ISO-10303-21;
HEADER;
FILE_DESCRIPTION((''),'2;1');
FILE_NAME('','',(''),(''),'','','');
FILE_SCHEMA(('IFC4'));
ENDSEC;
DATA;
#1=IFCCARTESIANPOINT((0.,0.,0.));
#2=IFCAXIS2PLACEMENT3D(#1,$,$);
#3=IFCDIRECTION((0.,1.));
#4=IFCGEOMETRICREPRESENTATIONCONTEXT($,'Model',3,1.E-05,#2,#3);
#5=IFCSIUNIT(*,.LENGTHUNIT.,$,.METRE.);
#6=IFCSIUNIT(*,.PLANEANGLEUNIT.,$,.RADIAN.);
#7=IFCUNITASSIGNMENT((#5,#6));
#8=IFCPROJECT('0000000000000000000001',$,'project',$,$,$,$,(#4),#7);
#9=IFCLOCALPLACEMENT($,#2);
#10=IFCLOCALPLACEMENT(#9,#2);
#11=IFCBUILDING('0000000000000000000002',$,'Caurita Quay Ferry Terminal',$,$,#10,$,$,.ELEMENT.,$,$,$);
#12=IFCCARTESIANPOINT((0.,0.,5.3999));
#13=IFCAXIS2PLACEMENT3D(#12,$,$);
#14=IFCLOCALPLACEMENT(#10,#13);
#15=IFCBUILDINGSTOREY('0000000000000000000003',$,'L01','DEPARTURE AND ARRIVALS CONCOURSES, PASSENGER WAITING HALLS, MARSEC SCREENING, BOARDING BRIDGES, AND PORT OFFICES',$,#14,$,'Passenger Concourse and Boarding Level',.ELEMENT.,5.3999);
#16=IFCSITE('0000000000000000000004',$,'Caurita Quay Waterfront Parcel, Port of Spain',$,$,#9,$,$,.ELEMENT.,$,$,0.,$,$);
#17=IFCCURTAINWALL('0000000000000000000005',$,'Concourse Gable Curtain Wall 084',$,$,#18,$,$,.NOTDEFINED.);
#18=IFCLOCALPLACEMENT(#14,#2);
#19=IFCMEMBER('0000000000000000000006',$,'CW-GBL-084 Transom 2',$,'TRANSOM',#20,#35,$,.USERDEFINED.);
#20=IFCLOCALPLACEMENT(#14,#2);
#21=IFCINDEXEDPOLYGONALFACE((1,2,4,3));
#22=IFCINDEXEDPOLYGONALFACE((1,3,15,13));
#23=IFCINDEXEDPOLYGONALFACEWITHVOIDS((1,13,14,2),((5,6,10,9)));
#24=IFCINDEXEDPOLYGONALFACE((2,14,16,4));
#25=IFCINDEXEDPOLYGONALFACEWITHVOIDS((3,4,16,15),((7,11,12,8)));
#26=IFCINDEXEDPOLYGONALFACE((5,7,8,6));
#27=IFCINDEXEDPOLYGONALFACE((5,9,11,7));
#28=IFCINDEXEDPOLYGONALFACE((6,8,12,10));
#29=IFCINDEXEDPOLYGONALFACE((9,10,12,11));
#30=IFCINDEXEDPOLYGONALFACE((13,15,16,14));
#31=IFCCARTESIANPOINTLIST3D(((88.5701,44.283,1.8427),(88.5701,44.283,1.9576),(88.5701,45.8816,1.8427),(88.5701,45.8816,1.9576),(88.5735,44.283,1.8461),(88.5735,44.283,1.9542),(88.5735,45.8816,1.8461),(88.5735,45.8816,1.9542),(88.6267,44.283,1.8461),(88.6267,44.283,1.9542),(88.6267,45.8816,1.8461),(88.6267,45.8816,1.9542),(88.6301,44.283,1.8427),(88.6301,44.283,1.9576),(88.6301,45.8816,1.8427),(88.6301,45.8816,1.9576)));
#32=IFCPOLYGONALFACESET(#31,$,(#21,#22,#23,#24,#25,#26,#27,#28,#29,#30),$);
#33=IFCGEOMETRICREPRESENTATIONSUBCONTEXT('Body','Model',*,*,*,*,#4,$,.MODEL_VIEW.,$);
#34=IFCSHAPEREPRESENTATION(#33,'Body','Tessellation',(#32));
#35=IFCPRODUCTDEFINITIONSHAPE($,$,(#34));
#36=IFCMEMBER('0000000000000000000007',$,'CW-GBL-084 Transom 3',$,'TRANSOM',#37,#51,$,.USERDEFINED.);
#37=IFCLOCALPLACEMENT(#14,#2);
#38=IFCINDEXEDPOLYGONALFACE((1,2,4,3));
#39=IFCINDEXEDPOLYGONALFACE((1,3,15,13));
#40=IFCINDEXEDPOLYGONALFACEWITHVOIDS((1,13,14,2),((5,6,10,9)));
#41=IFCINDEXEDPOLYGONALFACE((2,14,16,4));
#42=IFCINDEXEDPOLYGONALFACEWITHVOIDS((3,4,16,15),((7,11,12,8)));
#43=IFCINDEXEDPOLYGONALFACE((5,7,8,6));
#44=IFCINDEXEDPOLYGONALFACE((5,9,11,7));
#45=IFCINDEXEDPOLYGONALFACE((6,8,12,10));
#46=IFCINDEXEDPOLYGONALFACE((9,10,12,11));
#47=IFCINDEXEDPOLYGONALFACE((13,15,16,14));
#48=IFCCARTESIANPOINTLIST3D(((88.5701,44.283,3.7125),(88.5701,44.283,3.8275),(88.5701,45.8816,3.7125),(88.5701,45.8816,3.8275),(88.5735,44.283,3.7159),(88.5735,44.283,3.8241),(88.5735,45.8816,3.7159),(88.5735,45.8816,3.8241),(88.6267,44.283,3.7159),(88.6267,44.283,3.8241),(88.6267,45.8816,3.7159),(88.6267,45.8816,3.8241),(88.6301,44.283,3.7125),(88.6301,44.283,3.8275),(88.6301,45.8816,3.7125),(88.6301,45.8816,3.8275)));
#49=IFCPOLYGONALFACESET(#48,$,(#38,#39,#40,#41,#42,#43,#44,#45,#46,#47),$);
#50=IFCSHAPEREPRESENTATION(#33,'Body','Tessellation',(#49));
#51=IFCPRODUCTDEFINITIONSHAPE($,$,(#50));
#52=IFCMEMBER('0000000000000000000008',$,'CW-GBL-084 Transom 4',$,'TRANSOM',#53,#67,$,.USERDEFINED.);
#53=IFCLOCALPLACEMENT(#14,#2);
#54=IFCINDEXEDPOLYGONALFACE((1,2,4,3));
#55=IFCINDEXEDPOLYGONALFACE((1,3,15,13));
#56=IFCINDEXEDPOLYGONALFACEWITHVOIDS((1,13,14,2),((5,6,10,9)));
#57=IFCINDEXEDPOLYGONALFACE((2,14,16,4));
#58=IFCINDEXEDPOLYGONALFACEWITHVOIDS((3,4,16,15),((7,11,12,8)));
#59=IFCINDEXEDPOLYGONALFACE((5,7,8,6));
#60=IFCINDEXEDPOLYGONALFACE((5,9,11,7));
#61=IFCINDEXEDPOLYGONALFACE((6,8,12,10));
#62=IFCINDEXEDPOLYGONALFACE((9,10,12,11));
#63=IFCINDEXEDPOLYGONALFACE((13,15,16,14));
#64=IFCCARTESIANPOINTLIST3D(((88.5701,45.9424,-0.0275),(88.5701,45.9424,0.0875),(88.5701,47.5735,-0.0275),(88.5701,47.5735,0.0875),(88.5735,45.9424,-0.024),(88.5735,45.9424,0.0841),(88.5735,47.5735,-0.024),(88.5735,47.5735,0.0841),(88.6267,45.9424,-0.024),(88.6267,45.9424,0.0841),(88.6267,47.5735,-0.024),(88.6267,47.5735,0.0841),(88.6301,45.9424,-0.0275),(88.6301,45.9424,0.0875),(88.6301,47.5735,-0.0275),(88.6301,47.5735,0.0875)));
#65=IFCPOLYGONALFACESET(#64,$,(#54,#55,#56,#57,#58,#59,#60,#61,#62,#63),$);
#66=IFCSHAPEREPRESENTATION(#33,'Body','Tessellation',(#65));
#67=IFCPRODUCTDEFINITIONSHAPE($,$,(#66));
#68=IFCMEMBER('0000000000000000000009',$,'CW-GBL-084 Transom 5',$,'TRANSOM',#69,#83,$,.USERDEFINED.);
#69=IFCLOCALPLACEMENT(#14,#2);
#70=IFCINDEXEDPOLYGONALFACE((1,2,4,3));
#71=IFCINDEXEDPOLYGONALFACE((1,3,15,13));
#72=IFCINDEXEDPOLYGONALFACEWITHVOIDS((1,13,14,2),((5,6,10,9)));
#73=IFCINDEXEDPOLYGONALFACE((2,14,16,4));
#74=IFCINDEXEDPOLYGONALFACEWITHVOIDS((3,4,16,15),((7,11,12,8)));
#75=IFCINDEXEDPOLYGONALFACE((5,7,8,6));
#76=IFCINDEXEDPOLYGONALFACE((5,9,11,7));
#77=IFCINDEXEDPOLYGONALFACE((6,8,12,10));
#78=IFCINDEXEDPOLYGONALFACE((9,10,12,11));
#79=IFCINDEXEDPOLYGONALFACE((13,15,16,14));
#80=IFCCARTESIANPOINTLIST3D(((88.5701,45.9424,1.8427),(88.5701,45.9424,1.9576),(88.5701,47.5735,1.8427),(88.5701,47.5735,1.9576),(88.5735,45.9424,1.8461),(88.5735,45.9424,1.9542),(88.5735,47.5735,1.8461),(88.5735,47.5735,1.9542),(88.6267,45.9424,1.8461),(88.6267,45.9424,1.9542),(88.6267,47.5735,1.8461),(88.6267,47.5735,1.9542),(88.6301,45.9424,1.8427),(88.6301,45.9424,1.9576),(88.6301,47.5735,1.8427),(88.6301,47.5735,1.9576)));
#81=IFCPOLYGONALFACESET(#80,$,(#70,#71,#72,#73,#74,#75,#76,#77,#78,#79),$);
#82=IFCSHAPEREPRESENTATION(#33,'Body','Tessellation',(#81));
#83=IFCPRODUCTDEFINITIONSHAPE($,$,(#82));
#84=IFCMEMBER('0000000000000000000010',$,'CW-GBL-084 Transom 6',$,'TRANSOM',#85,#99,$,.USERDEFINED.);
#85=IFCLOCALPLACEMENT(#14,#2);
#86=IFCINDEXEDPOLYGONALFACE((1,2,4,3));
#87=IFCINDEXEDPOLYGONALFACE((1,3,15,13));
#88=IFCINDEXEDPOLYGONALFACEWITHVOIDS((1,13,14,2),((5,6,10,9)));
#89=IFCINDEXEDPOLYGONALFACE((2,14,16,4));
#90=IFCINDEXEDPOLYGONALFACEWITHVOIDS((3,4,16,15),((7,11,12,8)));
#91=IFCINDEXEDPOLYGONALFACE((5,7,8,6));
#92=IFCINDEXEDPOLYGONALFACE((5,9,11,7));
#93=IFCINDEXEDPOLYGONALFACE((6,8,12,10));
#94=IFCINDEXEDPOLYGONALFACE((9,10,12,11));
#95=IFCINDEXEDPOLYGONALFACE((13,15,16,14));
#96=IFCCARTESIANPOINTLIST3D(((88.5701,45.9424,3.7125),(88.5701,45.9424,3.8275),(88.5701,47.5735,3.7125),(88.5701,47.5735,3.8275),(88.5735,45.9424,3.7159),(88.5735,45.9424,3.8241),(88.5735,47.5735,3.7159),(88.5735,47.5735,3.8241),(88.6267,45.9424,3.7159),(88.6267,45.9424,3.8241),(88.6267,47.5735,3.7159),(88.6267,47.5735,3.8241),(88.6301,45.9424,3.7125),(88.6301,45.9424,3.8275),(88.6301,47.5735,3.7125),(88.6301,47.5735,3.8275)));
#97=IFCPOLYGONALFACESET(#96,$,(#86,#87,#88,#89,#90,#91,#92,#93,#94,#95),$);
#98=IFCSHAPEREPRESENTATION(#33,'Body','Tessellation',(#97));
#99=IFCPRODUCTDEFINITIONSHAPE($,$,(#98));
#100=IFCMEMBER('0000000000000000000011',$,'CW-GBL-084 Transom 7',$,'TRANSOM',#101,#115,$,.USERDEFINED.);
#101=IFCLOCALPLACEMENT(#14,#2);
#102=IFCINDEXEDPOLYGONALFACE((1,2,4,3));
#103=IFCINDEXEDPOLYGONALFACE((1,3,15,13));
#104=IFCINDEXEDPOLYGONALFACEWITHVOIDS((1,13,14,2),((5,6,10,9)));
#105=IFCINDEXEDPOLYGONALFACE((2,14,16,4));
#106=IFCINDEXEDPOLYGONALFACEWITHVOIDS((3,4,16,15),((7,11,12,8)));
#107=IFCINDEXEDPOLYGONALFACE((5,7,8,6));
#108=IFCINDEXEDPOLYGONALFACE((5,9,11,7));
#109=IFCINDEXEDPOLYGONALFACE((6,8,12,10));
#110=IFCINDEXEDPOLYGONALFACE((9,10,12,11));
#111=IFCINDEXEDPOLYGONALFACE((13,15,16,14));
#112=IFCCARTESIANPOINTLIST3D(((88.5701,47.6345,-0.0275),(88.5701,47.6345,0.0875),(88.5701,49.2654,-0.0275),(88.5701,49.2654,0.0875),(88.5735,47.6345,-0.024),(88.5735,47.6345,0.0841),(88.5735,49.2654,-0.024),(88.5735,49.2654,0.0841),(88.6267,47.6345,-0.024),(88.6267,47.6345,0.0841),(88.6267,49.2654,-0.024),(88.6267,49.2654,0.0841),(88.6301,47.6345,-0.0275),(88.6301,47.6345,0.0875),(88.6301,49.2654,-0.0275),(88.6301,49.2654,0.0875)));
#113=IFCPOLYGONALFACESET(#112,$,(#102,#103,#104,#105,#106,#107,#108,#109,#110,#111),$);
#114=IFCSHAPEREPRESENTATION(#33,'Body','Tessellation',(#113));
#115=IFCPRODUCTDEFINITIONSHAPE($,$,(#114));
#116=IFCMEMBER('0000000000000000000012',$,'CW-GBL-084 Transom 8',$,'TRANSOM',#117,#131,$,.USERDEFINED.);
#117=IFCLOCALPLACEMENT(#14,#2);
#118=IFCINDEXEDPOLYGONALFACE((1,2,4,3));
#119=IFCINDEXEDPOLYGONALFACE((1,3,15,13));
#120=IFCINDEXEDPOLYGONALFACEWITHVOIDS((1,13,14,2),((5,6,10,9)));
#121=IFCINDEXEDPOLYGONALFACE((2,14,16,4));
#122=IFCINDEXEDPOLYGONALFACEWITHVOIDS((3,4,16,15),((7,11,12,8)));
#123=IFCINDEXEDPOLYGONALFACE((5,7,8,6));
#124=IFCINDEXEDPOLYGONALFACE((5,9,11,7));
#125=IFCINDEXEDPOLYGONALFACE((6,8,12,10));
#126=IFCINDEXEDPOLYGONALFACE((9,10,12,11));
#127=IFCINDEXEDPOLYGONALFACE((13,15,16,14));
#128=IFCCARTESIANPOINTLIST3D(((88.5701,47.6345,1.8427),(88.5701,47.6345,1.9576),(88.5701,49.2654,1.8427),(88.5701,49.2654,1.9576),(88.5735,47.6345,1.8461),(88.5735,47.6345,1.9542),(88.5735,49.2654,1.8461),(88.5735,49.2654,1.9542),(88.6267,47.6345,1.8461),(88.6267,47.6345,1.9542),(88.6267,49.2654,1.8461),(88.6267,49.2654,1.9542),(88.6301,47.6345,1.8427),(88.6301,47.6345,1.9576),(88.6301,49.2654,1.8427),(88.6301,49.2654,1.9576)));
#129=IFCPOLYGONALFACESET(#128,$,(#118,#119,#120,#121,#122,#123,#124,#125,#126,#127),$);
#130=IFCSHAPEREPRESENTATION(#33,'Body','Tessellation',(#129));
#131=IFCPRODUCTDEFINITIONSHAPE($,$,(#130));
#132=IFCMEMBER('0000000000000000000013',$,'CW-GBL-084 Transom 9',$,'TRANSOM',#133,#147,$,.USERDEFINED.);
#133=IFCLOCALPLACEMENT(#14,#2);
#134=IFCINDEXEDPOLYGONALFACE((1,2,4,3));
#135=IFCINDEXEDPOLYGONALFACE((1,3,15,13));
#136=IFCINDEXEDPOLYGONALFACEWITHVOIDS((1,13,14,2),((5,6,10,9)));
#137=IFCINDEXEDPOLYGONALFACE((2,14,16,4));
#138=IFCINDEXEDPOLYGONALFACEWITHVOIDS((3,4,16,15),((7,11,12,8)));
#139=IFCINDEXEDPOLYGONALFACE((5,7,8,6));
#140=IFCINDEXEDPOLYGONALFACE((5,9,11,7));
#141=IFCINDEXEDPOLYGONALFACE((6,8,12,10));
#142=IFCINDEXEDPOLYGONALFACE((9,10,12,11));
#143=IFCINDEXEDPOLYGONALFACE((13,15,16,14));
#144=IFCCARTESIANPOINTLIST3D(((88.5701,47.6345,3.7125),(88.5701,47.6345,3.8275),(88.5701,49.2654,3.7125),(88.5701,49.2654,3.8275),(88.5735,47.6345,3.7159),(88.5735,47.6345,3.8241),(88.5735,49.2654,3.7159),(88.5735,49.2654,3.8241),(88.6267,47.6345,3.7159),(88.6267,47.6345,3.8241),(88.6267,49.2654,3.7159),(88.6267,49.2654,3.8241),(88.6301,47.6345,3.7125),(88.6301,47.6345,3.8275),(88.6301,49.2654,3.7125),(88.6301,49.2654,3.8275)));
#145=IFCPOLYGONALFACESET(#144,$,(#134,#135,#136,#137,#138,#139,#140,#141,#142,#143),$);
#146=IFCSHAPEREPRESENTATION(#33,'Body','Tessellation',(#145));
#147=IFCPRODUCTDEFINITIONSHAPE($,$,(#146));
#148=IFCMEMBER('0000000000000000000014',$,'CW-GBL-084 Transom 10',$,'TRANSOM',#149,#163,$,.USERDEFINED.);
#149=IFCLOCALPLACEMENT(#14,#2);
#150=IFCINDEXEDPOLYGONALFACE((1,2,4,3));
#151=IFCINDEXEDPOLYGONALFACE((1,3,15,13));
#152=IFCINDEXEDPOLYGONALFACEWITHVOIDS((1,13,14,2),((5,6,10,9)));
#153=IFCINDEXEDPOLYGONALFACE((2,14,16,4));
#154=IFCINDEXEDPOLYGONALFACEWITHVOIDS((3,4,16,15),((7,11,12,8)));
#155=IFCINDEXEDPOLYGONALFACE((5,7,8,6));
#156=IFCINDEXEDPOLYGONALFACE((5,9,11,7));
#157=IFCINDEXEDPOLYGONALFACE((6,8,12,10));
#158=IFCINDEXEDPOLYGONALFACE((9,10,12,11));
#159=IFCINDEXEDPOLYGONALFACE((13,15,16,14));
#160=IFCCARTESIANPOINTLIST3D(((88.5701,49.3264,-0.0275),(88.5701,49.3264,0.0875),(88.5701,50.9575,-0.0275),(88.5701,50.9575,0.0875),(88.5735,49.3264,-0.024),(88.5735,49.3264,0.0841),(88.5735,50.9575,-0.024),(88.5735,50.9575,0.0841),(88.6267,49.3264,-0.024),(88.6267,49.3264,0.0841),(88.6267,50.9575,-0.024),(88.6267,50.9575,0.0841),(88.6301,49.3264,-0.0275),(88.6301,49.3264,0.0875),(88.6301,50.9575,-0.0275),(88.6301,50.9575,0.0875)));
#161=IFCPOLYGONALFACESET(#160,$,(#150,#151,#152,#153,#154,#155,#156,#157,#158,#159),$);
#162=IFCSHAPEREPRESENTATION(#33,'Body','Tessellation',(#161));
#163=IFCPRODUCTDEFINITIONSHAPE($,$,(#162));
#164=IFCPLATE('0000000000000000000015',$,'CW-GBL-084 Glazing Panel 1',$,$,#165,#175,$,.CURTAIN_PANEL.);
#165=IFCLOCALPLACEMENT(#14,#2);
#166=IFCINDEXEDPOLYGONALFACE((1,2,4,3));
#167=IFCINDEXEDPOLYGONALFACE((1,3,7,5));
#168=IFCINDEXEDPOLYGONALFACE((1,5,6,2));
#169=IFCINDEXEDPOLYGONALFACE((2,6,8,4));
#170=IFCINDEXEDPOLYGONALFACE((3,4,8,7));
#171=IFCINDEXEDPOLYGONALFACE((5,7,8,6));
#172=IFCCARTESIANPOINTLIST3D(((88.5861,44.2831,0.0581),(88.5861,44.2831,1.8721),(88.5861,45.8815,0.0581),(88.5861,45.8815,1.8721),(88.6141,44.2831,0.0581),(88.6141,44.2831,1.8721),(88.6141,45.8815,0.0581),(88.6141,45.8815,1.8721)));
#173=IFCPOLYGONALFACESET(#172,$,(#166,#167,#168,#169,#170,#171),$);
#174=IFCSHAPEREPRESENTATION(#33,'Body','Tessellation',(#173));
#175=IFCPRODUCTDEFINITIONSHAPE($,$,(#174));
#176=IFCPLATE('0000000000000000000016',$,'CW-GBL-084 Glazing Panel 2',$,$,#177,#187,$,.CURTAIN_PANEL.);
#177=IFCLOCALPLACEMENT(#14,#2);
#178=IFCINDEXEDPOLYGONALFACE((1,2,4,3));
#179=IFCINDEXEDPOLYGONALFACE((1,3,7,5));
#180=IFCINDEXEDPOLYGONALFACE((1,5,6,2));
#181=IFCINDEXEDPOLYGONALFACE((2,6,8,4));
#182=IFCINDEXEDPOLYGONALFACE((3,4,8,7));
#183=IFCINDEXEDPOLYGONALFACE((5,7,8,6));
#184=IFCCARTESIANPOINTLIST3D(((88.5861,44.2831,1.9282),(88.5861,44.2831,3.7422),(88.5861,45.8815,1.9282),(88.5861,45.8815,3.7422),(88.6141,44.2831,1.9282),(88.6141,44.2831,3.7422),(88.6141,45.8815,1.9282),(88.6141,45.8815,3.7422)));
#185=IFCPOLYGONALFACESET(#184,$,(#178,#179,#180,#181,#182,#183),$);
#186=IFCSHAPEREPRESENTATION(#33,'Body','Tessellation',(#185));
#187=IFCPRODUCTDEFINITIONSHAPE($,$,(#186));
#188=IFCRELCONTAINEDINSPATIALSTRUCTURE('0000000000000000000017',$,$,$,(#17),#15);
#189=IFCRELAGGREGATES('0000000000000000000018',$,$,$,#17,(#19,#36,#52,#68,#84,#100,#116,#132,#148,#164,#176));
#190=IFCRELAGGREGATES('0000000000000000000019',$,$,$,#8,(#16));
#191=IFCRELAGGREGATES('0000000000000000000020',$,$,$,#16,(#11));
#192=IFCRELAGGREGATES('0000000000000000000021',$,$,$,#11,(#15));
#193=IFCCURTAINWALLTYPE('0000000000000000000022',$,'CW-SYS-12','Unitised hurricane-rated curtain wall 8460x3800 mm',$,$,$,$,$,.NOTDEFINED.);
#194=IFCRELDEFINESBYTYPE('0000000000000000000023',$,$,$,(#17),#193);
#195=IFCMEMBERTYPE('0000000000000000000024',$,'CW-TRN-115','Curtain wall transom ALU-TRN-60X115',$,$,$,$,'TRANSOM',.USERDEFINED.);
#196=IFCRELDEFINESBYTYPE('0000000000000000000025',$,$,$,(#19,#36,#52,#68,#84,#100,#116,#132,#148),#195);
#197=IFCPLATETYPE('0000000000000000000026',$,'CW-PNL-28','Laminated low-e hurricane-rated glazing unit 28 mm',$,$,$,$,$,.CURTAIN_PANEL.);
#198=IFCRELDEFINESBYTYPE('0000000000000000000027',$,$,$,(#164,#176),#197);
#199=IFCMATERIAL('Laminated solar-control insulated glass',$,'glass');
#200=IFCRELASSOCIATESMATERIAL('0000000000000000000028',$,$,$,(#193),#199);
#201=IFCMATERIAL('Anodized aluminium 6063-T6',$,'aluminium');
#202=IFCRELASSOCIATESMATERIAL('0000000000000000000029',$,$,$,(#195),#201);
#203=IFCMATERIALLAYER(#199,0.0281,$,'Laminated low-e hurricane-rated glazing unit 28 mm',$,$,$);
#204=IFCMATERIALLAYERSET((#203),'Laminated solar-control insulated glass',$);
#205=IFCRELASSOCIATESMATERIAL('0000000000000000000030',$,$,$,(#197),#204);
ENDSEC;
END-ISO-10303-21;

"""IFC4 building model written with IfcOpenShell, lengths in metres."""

from ifc_helpers import new_model, si_unit, direction, frame, origin, origin_2d, place, context, subcontext, project, spatial, rectangle, hollow_rectangle, extrude, material, layer, layer_set, material_profile, profile_set, type_object, element, aggregate, save


model = new_model("IFC4")

# Units and contexts
model_context = context("Model", 3, precision=1e-05, world=origin(), true_north=direction((0.0, 1.0)))
body_context = subcontext(model_context, "Body", "Model", "MODEL_VIEW")
ifc_project = project(units=[si_unit("LENGTHUNIT", "METRE"), si_unit("PLANEANGLEUNIT", "RADIAN")], contexts=[model_context])

# Site, building, storey
site_placement = place(None, origin())
site = spatial("IfcSite", under=ifc_project, at=site_placement, Name="Caurita Quay Waterfront Parcel, Port of Spain", CompositionType="ELEMENT", RefElevation=0.0)
building_placement = place(site_placement, origin())
building = spatial("IfcBuilding", under=site, at=building_placement, Name="Caurita Quay Ferry Terminal", CompositionType="ELEMENT")
storey_placement = place(building_placement, frame((0.0, 0.0, 5.3999)))
storey = spatial("IfcBuildingStorey", under=building, at=storey_placement, Name="L01", Description="DEPARTURE AND ARRIVALS CONCOURSES, PASSENGER WAITING HALLS, MARSEC SCREENING, BOARDING BRIDGES, AND PORT OFFICES", LongName="Passenger Concourse and Boarding Level", CompositionType="ELEMENT", Elevation=5.3999)

# Curtain wall, members, plates
ifc_material_1 = material(Name="Laminated solar-control insulated glass", Category="glass")
curtain_wall_type = type_object("IfcCurtainWallType", Name="CW-SYS-12", Description="Unitised hurricane-rated curtain wall 8460x3800 mm", PredefinedType="NOTDEFINED", material=ifc_material_1)
curtain_wall_placement = place(storey_placement, origin())
curtain_wall = element("IfcCurtainWall", 1, at=curtain_wall_placement, inside=storey, type_object=curtain_wall_type, Name="Concourse Gable Curtain Wall 084", PredefinedType="NOTDEFINED")
ifc_material_2 = material(Name="Anodized aluminium 6063-T6", Category="aluminium")
ifc_material_profile_1 = material_profile(ifc_material_2, hollow_rectangle(XDim=0.0601, YDim=0.115, WallThickness=0.0034, at=origin_2d()), Name="ALU-TRN-60X115")
ifc_profile_set_1 = profile_set([ifc_material_profile_1], Name="Anodized aluminium 6063-T6")
member_type_1 = type_object("IfcMemberType", Name="CW-TRN-115", Description="Curtain wall transom ALU-TRN-60X115", ElementType="TRANSOM", PredefinedType="USERDEFINED", material=ifc_profile_set_1)
member_1_placement = place(storey_placement, frame((88.6001, 44.283, 1.9001), z_axis=(0.0, 1.0, 0.0), x_axis=(-1.0, 0.0, 0.0)))
member_1 = element("IfcMember", 2, at=member_1_placement, type_object=member_type_1, Name="CW-GBL-084 Transom 2", ObjectType="TRANSOM", PredefinedType="USERDEFINED", context=body_context, shape_type="SweptSolid", body=[
    extrude(hollow_rectangle(XDim=0.0601, YDim=0.115, WallThickness=0.0034, at=origin_2d()), origin(), (0.0, 0.0, 1.0), 1.5986),
])
member_2_placement = place(storey_placement, frame((88.6001, 44.283, 3.77), z_axis=(0.0, 1.0, 0.0), x_axis=(-1.0, 0.0, 0.0)))
member_2 = element("IfcMember", 3, at=member_2_placement, type_object=member_type_1, Name="CW-GBL-084 Transom 3", ObjectType="TRANSOM", PredefinedType="USERDEFINED", context=body_context, shape_type="SweptSolid", body=[
    extrude(hollow_rectangle(XDim=0.0601, YDim=0.115, WallThickness=0.0034, at=origin_2d()), origin(), (0.0, 0.0, 1.0), 1.5986),
])
member_3_placement = place(storey_placement, frame((88.6001, 45.9424, 0.03), z_axis=(0.0, 1.0, 0.0), x_axis=(-1.0, 0.0, 0.0)))
member_3 = element("IfcMember", 4, at=member_3_placement, type_object=member_type_1, Name="CW-GBL-084 Transom 4", ObjectType="TRANSOM", PredefinedType="USERDEFINED", context=body_context, shape_type="SweptSolid", body=[
    extrude(hollow_rectangle(XDim=0.0601, YDim=0.115, WallThickness=0.0034, at=origin_2d()), origin(), (0.0, 0.0, 1.0), 1.6311),
])
member_4_placement = place(storey_placement, frame((88.6001, 45.9424, 1.9001), z_axis=(0.0, 1.0, 0.0), x_axis=(-1.0, 0.0, 0.0)))
member_4 = element("IfcMember", 5, at=member_4_placement, type_object=member_type_1, Name="CW-GBL-084 Transom 5", ObjectType="TRANSOM", PredefinedType="USERDEFINED", context=body_context, shape_type="SweptSolid", body=[
    extrude(hollow_rectangle(XDim=0.0601, YDim=0.115, WallThickness=0.0034, at=origin_2d()), origin(), (0.0, 0.0, 1.0), 1.6311),
])
member_5_placement = place(storey_placement, frame((88.6001, 45.9424, 3.77), z_axis=(0.0, 1.0, 0.0), x_axis=(-1.0, 0.0, 0.0)))
member_5 = element("IfcMember", 6, at=member_5_placement, type_object=member_type_1, Name="CW-GBL-084 Transom 6", ObjectType="TRANSOM", PredefinedType="USERDEFINED", context=body_context, shape_type="SweptSolid", body=[
    extrude(hollow_rectangle(XDim=0.0601, YDim=0.115, WallThickness=0.0034, at=origin_2d()), origin(), (0.0, 0.0, 1.0), 1.6311),
])
member_6_placement = place(storey_placement, frame((88.6001, 47.6345, 0.03), z_axis=(0.0, 1.0, 0.0), x_axis=(-1.0, 0.0, 0.0)))
member_6 = element("IfcMember", 7, at=member_6_placement, type_object=member_type_1, Name="CW-GBL-084 Transom 7", ObjectType="TRANSOM", PredefinedType="USERDEFINED", context=body_context, shape_type="SweptSolid", body=[
    extrude(hollow_rectangle(XDim=0.0601, YDim=0.115, WallThickness=0.0034, at=origin_2d()), origin(), (0.0, 0.0, 1.0), 1.6309),
])
member_7_placement = place(storey_placement, frame((88.6001, 47.6345, 1.9001), z_axis=(0.0, 1.0, 0.0), x_axis=(-1.0, 0.0, 0.0)))
member_7 = element("IfcMember", 8, at=member_7_placement, type_object=member_type_1, Name="CW-GBL-084 Transom 8", ObjectType="TRANSOM", PredefinedType="USERDEFINED", context=body_context, shape_type="SweptSolid", body=[
    extrude(hollow_rectangle(XDim=0.0601, YDim=0.115, WallThickness=0.0034, at=origin_2d()), origin(), (0.0, 0.0, 1.0), 1.6309),
])
member_8_placement = place(storey_placement, frame((88.6001, 47.6345, 3.77), z_axis=(0.0, 1.0, 0.0), x_axis=(-1.0, 0.0, 0.0)))
member_8 = element("IfcMember", 9, at=member_8_placement, type_object=member_type_1, Name="CW-GBL-084 Transom 9", ObjectType="TRANSOM", PredefinedType="USERDEFINED", context=body_context, shape_type="SweptSolid", body=[
    extrude(hollow_rectangle(XDim=0.0601, YDim=0.115, WallThickness=0.0034, at=origin_2d()), origin(), (0.0, 0.0, 1.0), 1.6309),
])
member_9_placement = place(storey_placement, frame((88.6001, 49.3264, 0.03), z_axis=(0.0, 1.0, 0.0), x_axis=(-1.0, 0.0, 0.0)))
member_9 = element("IfcMember", 10, at=member_9_placement, type_object=member_type_1, Name="CW-GBL-084 Transom 10", ObjectType="TRANSOM", PredefinedType="USERDEFINED", context=body_context, shape_type="SweptSolid", body=[
    extrude(hollow_rectangle(XDim=0.0601, YDim=0.115, WallThickness=0.0034, at=origin_2d()), origin(), (0.0, 0.0, 1.0), 1.6311),
])
ifc_layer_1 = layer(ifc_material_1, 0.0281, Name="Laminated low-e hurricane-rated glazing unit 28 mm")
ifc_layer_set_1 = layer_set([ifc_layer_1], Name="Laminated solar-control insulated glass")
plate_type = type_object("IfcPlateType", Name="CW-PNL-28", Description="Laminated low-e hurricane-rated glazing unit 28 mm", PredefinedType="CURTAIN_PANEL", material=ifc_layer_set_1)
plate_1_placement = place(storey_placement, frame((88.6001, 45.0823, 0.0581), z_axis=(0.0, 0.0, 1.0), x_axis=(0.0, 1.0, 0.0)))
plate_1 = element("IfcPlate", 11, at=plate_1_placement, type_object=plate_type, Name="CW-GBL-084 Glazing Panel 1", PredefinedType="CURTAIN_PANEL", context=body_context, shape_type="SweptSolid", body=[
    extrude(rectangle(XDim=1.5984, YDim=0.0281, at=origin_2d()), origin(), (0.0, 0.0, 1.0), 1.814),
])
plate_2_placement = place(storey_placement, frame((88.6001, 45.0823, 1.9282), z_axis=(0.0, 0.0, 1.0), x_axis=(0.0, 1.0, 0.0)))
plate_2 = element("IfcPlate", 12, at=plate_2_placement, type_object=plate_type, Name="CW-GBL-084 Glazing Panel 2", PredefinedType="CURTAIN_PANEL", context=body_context, shape_type="SweptSolid", body=[
    extrude(rectangle(XDim=1.5984, YDim=0.0281, at=origin_2d()), origin(), (0.0, 0.0, 1.0), 1.814),
])
aggregate(curtain_wall, [member_1, member_2, member_3, member_4, member_5, member_6, member_7, member_8, member_9, plate_1, plate_2])

save(model, "model.ifc")
